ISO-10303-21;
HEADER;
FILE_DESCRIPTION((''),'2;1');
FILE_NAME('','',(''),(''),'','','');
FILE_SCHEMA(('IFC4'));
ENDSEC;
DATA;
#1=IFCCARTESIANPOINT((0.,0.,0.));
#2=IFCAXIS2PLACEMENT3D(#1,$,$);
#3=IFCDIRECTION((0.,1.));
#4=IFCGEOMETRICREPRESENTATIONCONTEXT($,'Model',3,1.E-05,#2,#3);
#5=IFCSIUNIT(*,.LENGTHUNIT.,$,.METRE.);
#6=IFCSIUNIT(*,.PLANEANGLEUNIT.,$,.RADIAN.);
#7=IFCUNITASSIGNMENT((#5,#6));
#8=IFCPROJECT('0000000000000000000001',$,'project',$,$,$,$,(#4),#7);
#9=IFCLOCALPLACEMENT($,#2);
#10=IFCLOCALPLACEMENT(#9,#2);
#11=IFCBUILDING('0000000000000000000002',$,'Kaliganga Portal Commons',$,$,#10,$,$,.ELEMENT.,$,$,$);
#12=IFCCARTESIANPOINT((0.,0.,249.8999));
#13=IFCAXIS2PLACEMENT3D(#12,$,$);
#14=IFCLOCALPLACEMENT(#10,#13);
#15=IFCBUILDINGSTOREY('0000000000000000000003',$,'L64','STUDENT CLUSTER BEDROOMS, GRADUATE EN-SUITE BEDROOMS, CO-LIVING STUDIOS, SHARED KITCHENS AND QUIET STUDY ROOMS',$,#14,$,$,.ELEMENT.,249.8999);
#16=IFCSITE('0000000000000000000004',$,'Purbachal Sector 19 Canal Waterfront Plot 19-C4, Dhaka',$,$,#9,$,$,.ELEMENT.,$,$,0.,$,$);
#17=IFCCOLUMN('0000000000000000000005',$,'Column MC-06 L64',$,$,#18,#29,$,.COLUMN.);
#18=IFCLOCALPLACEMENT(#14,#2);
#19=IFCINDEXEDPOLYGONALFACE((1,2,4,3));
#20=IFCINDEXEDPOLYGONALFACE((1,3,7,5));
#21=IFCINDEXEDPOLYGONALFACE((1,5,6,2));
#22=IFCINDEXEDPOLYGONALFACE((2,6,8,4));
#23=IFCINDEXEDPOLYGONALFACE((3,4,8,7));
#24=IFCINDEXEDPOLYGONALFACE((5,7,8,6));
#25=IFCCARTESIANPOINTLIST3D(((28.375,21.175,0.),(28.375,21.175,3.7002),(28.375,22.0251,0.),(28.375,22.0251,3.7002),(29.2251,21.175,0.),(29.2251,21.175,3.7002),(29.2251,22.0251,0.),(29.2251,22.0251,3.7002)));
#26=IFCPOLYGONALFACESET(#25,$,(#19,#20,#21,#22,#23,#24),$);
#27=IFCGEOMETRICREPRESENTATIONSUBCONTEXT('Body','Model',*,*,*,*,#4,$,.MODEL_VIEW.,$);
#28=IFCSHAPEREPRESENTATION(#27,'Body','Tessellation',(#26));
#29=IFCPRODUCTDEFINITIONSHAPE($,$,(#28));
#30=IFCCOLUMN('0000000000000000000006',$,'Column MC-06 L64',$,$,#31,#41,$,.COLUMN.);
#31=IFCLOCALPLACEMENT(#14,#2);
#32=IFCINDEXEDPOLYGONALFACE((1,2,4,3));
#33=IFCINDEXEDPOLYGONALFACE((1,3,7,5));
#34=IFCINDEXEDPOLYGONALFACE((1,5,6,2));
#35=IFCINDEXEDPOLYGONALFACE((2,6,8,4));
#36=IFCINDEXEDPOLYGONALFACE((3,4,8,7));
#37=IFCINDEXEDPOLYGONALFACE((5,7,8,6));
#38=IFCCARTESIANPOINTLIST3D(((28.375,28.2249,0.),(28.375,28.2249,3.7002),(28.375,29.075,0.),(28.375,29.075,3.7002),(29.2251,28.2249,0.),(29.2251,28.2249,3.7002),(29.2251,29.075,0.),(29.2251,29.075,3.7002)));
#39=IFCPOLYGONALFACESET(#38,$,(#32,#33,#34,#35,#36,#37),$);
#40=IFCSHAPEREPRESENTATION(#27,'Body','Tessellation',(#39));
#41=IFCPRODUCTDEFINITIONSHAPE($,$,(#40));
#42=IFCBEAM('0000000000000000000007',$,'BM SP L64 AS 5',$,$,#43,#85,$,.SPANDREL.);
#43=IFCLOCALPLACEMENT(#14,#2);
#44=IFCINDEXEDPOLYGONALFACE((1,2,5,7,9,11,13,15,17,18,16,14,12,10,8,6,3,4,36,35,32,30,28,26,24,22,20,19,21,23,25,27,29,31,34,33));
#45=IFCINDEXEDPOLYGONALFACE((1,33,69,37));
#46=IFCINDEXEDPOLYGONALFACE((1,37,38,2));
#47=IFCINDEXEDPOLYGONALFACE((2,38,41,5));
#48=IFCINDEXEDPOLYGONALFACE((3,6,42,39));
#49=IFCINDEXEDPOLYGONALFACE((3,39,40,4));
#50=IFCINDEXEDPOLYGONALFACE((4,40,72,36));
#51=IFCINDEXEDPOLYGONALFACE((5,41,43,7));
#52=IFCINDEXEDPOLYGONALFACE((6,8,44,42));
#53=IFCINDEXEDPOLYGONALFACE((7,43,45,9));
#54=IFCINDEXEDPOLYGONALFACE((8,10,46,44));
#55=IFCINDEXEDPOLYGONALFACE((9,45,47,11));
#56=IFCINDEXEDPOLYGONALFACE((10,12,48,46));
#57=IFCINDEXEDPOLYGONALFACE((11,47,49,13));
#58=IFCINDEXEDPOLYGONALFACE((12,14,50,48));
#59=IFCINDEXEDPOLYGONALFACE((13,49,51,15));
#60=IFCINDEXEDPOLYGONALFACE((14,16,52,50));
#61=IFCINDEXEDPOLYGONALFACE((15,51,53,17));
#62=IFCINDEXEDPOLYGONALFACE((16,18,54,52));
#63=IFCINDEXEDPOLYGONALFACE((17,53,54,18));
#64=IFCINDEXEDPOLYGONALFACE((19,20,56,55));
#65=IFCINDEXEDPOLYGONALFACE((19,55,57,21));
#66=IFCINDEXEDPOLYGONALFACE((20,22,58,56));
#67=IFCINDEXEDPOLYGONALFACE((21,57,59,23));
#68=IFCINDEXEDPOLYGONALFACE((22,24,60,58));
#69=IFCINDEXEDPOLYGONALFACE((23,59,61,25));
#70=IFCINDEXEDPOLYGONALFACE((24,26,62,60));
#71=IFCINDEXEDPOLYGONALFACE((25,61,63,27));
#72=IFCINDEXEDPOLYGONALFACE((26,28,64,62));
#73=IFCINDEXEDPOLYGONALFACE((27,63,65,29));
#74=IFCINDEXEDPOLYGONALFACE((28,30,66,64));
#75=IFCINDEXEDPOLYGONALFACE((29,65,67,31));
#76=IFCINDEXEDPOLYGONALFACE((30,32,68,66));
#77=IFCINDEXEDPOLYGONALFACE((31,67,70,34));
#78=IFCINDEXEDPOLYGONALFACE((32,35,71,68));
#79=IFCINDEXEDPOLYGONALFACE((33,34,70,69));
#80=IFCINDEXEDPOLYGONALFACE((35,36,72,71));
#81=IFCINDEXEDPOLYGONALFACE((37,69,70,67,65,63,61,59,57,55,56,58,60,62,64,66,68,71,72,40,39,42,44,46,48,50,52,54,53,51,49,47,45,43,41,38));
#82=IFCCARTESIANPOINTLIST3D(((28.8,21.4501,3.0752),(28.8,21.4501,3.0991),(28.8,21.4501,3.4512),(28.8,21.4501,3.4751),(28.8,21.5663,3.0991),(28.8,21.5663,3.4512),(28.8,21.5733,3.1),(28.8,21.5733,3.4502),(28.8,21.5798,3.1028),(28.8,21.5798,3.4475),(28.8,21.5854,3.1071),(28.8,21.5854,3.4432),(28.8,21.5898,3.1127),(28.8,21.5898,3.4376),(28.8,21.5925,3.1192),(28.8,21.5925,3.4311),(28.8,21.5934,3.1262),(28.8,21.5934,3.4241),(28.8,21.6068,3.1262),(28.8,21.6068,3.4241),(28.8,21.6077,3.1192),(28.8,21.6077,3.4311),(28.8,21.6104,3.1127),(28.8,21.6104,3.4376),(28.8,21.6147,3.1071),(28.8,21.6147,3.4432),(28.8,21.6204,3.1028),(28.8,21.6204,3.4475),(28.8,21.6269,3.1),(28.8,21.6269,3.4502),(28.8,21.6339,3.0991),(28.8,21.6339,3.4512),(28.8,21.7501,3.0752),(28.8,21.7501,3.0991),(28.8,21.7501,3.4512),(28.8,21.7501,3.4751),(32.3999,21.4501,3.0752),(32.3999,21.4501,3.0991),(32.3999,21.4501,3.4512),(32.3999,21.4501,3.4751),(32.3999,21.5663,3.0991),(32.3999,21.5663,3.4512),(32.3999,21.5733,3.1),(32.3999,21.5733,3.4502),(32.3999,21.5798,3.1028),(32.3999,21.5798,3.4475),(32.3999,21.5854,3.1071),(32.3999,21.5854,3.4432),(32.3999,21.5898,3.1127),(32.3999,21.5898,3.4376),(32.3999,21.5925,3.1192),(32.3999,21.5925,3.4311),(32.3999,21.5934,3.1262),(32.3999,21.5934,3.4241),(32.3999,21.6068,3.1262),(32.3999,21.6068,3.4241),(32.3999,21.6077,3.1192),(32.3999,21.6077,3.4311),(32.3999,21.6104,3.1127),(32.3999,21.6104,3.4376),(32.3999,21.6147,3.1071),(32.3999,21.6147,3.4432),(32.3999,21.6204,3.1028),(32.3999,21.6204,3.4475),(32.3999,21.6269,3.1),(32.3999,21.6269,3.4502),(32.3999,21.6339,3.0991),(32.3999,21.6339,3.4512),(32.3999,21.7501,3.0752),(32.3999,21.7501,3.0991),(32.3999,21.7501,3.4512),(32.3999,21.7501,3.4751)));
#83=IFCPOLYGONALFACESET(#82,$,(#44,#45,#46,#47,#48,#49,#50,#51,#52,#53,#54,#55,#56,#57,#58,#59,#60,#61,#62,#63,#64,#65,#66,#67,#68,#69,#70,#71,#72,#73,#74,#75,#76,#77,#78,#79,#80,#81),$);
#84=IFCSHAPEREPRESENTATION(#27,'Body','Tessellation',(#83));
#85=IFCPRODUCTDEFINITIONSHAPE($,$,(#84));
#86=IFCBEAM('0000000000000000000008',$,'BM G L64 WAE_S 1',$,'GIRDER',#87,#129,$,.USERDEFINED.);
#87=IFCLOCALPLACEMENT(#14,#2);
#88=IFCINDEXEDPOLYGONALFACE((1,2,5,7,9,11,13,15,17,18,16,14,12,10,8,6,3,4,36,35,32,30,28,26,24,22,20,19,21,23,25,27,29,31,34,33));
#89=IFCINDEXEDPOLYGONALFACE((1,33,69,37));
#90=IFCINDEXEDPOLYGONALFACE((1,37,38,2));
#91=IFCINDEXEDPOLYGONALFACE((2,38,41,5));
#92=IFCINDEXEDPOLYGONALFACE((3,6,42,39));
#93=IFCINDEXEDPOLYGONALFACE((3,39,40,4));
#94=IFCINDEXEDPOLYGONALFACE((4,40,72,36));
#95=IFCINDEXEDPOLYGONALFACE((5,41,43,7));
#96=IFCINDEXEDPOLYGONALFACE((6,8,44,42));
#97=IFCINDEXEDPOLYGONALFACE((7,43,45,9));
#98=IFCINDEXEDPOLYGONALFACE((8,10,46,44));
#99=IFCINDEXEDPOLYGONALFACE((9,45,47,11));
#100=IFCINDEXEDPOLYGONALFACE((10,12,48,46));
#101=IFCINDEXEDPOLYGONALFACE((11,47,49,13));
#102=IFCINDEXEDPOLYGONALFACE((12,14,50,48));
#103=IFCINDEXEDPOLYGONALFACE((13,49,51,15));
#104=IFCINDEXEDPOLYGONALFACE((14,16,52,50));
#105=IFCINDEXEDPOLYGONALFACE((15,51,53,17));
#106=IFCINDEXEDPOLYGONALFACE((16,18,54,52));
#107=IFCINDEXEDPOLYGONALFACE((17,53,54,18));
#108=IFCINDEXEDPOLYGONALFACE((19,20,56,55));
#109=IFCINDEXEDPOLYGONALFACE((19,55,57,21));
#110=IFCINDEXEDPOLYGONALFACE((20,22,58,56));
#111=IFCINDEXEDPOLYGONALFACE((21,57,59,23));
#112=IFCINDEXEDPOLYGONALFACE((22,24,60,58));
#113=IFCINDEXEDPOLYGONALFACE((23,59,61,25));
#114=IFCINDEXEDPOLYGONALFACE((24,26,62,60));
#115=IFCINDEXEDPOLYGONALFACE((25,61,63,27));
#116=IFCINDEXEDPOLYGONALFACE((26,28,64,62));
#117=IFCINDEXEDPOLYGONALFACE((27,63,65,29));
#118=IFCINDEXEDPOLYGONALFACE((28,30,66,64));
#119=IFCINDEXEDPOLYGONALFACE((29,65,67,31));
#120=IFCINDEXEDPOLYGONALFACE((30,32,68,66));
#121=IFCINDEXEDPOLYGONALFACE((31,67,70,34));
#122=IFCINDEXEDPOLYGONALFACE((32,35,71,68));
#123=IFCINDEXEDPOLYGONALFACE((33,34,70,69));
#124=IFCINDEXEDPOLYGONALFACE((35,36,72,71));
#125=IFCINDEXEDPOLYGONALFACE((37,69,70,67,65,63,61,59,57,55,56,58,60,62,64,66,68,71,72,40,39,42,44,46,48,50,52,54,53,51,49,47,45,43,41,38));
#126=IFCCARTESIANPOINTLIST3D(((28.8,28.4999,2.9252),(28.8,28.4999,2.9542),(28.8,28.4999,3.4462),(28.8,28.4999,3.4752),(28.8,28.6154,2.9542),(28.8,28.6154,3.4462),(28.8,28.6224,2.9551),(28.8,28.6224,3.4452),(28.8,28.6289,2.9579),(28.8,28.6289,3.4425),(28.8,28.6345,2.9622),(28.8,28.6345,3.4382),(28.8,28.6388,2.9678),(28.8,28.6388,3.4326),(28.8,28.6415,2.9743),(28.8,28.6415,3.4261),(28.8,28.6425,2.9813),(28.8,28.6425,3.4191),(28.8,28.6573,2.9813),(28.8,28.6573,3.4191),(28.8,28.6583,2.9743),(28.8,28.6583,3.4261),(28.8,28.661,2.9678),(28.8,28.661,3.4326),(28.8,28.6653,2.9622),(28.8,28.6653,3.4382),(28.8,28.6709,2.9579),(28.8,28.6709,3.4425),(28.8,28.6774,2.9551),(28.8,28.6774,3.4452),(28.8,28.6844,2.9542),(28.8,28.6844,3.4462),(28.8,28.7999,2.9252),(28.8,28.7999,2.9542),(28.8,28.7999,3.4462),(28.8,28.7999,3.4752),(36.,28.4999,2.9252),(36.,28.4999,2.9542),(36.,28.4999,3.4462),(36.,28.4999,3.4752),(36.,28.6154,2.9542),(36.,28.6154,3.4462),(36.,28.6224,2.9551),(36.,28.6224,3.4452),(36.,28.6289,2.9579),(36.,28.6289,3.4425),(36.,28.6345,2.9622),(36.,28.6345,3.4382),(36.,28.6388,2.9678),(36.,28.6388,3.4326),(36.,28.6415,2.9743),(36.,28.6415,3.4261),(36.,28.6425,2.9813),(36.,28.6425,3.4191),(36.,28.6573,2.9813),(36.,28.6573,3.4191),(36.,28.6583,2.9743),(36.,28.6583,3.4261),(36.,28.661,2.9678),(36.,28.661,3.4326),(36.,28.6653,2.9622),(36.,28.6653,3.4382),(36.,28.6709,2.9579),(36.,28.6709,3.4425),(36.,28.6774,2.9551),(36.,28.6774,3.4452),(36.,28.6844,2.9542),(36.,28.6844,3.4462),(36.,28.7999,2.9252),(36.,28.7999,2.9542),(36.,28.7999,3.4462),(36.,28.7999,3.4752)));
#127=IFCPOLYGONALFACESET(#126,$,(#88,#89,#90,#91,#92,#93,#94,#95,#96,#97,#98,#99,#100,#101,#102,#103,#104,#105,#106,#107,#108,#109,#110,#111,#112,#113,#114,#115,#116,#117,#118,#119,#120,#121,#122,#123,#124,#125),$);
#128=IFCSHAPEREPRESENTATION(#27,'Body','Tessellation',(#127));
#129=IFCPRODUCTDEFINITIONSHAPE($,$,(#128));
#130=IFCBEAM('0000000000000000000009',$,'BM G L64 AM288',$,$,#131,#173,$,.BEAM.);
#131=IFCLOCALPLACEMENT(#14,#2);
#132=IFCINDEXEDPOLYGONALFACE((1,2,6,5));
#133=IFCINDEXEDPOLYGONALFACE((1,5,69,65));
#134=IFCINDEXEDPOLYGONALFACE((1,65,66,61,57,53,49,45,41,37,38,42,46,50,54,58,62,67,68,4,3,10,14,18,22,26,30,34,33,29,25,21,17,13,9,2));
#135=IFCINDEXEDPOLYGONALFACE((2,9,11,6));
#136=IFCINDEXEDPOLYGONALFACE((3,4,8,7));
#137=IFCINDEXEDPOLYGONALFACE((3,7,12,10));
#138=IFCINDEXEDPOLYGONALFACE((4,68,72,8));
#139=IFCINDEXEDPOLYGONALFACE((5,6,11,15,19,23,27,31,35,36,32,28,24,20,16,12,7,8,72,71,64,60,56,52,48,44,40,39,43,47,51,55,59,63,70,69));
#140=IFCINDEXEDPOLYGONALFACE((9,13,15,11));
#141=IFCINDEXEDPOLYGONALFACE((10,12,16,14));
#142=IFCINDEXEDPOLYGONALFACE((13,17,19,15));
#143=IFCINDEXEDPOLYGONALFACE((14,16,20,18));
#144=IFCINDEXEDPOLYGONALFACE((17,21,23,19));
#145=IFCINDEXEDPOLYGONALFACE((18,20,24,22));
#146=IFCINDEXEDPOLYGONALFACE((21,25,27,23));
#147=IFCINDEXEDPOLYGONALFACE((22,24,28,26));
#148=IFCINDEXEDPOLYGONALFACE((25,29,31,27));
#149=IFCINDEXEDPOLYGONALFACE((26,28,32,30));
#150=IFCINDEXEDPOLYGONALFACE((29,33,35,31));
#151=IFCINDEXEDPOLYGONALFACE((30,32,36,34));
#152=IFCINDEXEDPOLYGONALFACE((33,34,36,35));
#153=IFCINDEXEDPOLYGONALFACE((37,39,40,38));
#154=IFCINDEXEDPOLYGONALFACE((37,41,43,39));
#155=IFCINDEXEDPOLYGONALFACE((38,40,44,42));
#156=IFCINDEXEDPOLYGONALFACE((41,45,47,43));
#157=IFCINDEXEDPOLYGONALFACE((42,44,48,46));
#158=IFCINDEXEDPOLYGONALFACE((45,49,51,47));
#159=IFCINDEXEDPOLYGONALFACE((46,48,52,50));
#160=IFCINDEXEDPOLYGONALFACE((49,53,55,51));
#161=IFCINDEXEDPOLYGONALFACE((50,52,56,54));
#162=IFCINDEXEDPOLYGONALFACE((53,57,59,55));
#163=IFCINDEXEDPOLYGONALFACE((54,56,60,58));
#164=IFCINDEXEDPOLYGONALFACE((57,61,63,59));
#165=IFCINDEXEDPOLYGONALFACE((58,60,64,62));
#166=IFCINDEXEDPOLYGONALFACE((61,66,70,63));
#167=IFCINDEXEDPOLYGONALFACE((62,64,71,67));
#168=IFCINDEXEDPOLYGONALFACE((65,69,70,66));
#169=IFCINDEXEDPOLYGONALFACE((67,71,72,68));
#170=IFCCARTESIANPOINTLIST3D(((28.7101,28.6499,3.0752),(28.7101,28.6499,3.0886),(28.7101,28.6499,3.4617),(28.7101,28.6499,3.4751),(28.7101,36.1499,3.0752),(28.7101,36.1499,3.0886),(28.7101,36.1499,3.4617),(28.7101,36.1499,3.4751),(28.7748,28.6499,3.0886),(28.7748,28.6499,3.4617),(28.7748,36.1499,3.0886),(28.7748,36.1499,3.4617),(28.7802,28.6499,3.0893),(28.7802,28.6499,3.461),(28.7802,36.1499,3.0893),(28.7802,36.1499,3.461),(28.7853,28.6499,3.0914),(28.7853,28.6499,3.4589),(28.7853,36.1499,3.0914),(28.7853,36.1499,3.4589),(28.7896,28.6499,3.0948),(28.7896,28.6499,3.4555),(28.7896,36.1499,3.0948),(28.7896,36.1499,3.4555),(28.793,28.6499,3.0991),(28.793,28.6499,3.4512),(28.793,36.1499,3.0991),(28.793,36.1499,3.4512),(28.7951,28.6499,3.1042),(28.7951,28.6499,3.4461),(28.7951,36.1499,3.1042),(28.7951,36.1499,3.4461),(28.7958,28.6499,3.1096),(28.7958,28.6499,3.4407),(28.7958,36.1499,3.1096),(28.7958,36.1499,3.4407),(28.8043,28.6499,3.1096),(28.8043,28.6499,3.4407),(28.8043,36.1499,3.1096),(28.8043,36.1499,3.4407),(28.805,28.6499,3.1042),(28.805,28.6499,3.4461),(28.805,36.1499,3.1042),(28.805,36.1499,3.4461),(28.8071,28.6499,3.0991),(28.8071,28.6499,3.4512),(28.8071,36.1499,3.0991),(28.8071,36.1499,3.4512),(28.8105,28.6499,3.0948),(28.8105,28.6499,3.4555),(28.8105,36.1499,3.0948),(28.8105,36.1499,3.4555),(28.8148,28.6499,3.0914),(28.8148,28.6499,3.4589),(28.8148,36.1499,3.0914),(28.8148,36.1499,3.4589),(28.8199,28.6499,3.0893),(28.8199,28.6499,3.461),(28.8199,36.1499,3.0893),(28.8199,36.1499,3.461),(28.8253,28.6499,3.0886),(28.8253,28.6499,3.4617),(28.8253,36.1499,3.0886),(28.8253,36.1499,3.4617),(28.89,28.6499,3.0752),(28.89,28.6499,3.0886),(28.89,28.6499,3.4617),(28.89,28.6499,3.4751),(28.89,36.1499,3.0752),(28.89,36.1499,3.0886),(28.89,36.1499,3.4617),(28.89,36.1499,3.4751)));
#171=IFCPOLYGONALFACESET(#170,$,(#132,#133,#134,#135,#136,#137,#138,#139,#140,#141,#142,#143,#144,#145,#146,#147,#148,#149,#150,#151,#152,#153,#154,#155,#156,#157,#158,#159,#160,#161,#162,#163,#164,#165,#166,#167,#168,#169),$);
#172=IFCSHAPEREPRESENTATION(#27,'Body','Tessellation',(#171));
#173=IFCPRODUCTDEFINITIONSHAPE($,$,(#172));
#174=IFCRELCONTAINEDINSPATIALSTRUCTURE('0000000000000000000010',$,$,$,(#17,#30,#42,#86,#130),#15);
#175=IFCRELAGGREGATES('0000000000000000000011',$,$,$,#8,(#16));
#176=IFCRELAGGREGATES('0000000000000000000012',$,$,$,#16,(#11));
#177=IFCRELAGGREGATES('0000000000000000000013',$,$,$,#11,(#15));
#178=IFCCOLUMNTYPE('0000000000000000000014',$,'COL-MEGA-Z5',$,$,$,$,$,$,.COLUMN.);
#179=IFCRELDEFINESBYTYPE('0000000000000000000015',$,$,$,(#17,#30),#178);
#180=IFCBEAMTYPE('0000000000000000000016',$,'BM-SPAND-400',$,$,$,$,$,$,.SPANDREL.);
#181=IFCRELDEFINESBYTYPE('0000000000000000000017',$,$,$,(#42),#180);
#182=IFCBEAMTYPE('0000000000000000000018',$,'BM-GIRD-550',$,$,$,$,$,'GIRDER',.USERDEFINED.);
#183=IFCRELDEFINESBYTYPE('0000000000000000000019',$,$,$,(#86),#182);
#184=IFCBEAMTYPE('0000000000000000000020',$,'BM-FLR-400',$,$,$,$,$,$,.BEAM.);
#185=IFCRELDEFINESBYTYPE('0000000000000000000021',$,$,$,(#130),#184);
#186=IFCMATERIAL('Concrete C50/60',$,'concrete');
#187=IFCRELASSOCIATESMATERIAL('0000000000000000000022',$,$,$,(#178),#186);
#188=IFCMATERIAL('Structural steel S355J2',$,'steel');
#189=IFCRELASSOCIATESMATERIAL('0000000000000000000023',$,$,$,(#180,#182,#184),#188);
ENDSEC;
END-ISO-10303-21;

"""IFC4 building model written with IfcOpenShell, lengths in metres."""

from ifc_helpers import new_model, si_unit, direction, frame, origin, origin_2d, place, context, subcontext, project, spatial, rectangle, i_section, extrude, source, transform, mapped, material, material_profile, profile_set, type_object, element, save


model = new_model("IFC4")

# Units and contexts
model_context = context("Model", 3, precision=1e-05, world=origin(), true_north=direction((0.0, 1.0)))
body_context = subcontext(model_context, "Body", "Model", "MODEL_VIEW")
ifc_project = project(units=[si_unit("LENGTHUNIT", "METRE"), si_unit("PLANEANGLEUNIT", "RADIAN")], contexts=[model_context])

# Site, building, storey
site_placement = place(None, origin())
site = spatial("IfcSite", under=ifc_project, at=site_placement, Name="Purbachal Sector 19 Canal Waterfront Plot 19-C4, Dhaka", CompositionType="ELEMENT", RefElevation=0.0)
building_placement = place(site_placement, origin())
building = spatial("IfcBuilding", under=site, at=building_placement, Name="Kaliganga Portal Commons", CompositionType="ELEMENT")
storey_placement = place(building_placement, frame((0.0, 0.0, 249.8999)))
storey = spatial("IfcBuildingStorey", under=building, at=storey_placement, Name="L64", Description="STUDENT CLUSTER BEDROOMS, GRADUATE EN-SUITE BEDROOMS, CO-LIVING STUDIOS, SHARED KITCHENS AND QUIET STUDY ROOMS", CompositionType="ELEMENT", Elevation=249.8999)

# Columns
ifc_material_1 = material(Name="Concrete C50/60", Category="concrete")
ifc_material_profile_1 = material_profile(ifc_material_1, rectangle(XDim=0.8501, YDim=0.8501, at=origin_2d()), Name="RC 850x850")
ifc_profile_set_1 = profile_set([ifc_material_profile_1], Name="Concrete C50/60")
column_type = type_object("IfcColumnType", Name="COL-MEGA-Z5", PredefinedType="COLUMN", material=ifc_profile_set_1)
shared_shape_1 = source(origin(), body_context, "Body", "SweptSolid", [
    extrude(rectangle(XDim=0.8501, YDim=0.8501, at=origin_2d()), origin(), (0.0, 0.0, 1.0), 3.7002),
])
for number, where, z_axis, x_axis, name in (
    (1, (28.8, 21.6001, 0.0), (0.0, 0.0, 1.0), (1.0, 0.0, 0.0), "Column MC-06 L64"),
    (2, (28.8, 28.6499, 0.0), (0.0, 0.0, 1.0), (1.0, 0.0, 0.0), "Column MC-06 L64"),
):
    element("IfcColumn", number, at=place(storey_placement, frame(where, z_axis=z_axis, x_axis=x_axis)), inside=storey, type_object=column_type, Name=name, PredefinedType="COLUMN", context=body_context, shape_type="MappedRepresentation", body=[
        mapped(shared_shape_1, transform((0.0, 0.0, 0.0), x_axis=(1.0, 0.0, 0.0), y_axis=(0.0, 1.0, 0.0), z_axis=(0.0, 0.0, 1.0), scale=1.0)),
    ])

# Beams
ifc_material_2 = material(Name="Structural steel S355J2", Category="steel")
ifc_material_profile_2 = material_profile(ifc_material_2, i_section(OverallWidth=0.3, OverallDepth=0.3999, WebThickness=0.0134, FlangeThickness=0.0239, FilletRadius=0.0271, at=origin_2d()), Name="HE 400 B")
ifc_profile_set_2 = profile_set([ifc_material_profile_2], Name="Structural steel S355J2 wide-flange")
beam_type_1 = type_object("IfcBeamType", Name="BM-SPAND-400", PredefinedType="SPANDREL", material=ifc_profile_set_2)
shared_shape_2 = source(origin(), body_context, "Body", "SweptSolid", [
    extrude(i_section(OverallWidth=0.3, OverallDepth=0.3999, WebThickness=0.0134, FlangeThickness=0.0239, FilletRadius=0.0271, at=origin_2d()), origin(), (0.0, 0.0, 1.0), 3.5999),
])
beam_1_placement = place(storey_placement, frame((28.8, 21.6001, 3.2751), z_axis=(1.0, 0.0, 0.0), x_axis=(0.0, 1.0, 0.0)))
element("IfcBeam", 3, at=beam_1_placement, inside=storey, type_object=beam_type_1, Name="BM SP L64 AS 5", PredefinedType="SPANDREL", context=body_context, shape_type="MappedRepresentation", body=[
    mapped(shared_shape_2, transform((0.0, 0.0, 0.0), x_axis=(1.0, 0.0, 0.0), y_axis=(0.0, 1.0, 0.0), z_axis=(0.0, 0.0, 1.0), scale=1.0)),
])
ifc_material_profile_3 = material_profile(ifc_material_2, i_section(OverallWidth=0.3, OverallDepth=0.55, WebThickness=0.0149, FlangeThickness=0.0291, FilletRadius=0.0271, at=origin_2d()), Name="HE 550 B")
ifc_profile_set_3 = profile_set([ifc_material_profile_3], Name="Structural steel S355J2 wide-flange")
beam_type_2 = type_object("IfcBeamType", Name="BM-GIRD-550", ElementType="GIRDER", PredefinedType="USERDEFINED", material=ifc_profile_set_3)
shared_shape_3 = source(origin(), body_context, "Body", "SweptSolid", [
    extrude(i_section(OverallWidth=0.3, OverallDepth=0.55, WebThickness=0.0149, FlangeThickness=0.0291, FilletRadius=0.0271, at=origin_2d()), origin(), (0.0, 0.0, 1.0), 7.2),
])
beam_2_placement = place(storey_placement, frame((28.8, 28.6499, 3.2002), z_axis=(1.0, 0.0, 0.0), x_axis=(0.0, 1.0, 0.0)))
element("IfcBeam", 4, at=beam_2_placement, inside=storey, type_object=beam_type_2, Name="BM G L64 WAE_S 1", ObjectType="GIRDER", PredefinedType="USERDEFINED", context=body_context, shape_type="MappedRepresentation", body=[
    mapped(shared_shape_3, transform((0.0, 0.0, 0.0), x_axis=(1.0, 0.0, 0.0), y_axis=(0.0, 1.0, 0.0), z_axis=(0.0, 0.0, 1.0), scale=1.0)),
])
ifc_material_profile_4 = material_profile(ifc_material_2, i_section(OverallWidth=0.1799, OverallDepth=0.3999, WebThickness=0.0085, FlangeThickness=0.0134, FilletRadius=0.021, at=origin_2d()), Name="IPE 400")
ifc_profile_set_4 = profile_set([ifc_material_profile_4], Name="Structural steel S355J2 wide-flange")
beam_type_3 = type_object("IfcBeamType", Name="BM-FLR-400", PredefinedType="BEAM", material=ifc_profile_set_4)
shared_shape_4 = source(origin(), body_context, "Body", "SweptSolid", [
    extrude(i_section(OverallWidth=0.1799, OverallDepth=0.3999, WebThickness=0.0085, FlangeThickness=0.0134, FilletRadius=0.021, at=origin_2d()), origin(), (0.0, 0.0, 1.0), 7.5),
])
beam_3_placement = place(storey_placement, frame((28.8, 28.6499, 3.2751), z_axis=(0.0, 1.0, 0.0), x_axis=(-1.0, 0.0, 0.0)))
element("IfcBeam", 5, at=beam_3_placement, inside=storey, type_object=beam_type_3, Name="BM G L64 AM288", PredefinedType="BEAM", context=body_context, shape_type="MappedRepresentation", body=[
    mapped(shared_shape_4, transform((0.0, 0.0, 0.0), x_axis=(1.0, 0.0, 0.0), y_axis=(0.0, 1.0, 0.0), z_axis=(0.0, 0.0, 1.0), scale=1.0)),
])

save(model, "model.ifc")
